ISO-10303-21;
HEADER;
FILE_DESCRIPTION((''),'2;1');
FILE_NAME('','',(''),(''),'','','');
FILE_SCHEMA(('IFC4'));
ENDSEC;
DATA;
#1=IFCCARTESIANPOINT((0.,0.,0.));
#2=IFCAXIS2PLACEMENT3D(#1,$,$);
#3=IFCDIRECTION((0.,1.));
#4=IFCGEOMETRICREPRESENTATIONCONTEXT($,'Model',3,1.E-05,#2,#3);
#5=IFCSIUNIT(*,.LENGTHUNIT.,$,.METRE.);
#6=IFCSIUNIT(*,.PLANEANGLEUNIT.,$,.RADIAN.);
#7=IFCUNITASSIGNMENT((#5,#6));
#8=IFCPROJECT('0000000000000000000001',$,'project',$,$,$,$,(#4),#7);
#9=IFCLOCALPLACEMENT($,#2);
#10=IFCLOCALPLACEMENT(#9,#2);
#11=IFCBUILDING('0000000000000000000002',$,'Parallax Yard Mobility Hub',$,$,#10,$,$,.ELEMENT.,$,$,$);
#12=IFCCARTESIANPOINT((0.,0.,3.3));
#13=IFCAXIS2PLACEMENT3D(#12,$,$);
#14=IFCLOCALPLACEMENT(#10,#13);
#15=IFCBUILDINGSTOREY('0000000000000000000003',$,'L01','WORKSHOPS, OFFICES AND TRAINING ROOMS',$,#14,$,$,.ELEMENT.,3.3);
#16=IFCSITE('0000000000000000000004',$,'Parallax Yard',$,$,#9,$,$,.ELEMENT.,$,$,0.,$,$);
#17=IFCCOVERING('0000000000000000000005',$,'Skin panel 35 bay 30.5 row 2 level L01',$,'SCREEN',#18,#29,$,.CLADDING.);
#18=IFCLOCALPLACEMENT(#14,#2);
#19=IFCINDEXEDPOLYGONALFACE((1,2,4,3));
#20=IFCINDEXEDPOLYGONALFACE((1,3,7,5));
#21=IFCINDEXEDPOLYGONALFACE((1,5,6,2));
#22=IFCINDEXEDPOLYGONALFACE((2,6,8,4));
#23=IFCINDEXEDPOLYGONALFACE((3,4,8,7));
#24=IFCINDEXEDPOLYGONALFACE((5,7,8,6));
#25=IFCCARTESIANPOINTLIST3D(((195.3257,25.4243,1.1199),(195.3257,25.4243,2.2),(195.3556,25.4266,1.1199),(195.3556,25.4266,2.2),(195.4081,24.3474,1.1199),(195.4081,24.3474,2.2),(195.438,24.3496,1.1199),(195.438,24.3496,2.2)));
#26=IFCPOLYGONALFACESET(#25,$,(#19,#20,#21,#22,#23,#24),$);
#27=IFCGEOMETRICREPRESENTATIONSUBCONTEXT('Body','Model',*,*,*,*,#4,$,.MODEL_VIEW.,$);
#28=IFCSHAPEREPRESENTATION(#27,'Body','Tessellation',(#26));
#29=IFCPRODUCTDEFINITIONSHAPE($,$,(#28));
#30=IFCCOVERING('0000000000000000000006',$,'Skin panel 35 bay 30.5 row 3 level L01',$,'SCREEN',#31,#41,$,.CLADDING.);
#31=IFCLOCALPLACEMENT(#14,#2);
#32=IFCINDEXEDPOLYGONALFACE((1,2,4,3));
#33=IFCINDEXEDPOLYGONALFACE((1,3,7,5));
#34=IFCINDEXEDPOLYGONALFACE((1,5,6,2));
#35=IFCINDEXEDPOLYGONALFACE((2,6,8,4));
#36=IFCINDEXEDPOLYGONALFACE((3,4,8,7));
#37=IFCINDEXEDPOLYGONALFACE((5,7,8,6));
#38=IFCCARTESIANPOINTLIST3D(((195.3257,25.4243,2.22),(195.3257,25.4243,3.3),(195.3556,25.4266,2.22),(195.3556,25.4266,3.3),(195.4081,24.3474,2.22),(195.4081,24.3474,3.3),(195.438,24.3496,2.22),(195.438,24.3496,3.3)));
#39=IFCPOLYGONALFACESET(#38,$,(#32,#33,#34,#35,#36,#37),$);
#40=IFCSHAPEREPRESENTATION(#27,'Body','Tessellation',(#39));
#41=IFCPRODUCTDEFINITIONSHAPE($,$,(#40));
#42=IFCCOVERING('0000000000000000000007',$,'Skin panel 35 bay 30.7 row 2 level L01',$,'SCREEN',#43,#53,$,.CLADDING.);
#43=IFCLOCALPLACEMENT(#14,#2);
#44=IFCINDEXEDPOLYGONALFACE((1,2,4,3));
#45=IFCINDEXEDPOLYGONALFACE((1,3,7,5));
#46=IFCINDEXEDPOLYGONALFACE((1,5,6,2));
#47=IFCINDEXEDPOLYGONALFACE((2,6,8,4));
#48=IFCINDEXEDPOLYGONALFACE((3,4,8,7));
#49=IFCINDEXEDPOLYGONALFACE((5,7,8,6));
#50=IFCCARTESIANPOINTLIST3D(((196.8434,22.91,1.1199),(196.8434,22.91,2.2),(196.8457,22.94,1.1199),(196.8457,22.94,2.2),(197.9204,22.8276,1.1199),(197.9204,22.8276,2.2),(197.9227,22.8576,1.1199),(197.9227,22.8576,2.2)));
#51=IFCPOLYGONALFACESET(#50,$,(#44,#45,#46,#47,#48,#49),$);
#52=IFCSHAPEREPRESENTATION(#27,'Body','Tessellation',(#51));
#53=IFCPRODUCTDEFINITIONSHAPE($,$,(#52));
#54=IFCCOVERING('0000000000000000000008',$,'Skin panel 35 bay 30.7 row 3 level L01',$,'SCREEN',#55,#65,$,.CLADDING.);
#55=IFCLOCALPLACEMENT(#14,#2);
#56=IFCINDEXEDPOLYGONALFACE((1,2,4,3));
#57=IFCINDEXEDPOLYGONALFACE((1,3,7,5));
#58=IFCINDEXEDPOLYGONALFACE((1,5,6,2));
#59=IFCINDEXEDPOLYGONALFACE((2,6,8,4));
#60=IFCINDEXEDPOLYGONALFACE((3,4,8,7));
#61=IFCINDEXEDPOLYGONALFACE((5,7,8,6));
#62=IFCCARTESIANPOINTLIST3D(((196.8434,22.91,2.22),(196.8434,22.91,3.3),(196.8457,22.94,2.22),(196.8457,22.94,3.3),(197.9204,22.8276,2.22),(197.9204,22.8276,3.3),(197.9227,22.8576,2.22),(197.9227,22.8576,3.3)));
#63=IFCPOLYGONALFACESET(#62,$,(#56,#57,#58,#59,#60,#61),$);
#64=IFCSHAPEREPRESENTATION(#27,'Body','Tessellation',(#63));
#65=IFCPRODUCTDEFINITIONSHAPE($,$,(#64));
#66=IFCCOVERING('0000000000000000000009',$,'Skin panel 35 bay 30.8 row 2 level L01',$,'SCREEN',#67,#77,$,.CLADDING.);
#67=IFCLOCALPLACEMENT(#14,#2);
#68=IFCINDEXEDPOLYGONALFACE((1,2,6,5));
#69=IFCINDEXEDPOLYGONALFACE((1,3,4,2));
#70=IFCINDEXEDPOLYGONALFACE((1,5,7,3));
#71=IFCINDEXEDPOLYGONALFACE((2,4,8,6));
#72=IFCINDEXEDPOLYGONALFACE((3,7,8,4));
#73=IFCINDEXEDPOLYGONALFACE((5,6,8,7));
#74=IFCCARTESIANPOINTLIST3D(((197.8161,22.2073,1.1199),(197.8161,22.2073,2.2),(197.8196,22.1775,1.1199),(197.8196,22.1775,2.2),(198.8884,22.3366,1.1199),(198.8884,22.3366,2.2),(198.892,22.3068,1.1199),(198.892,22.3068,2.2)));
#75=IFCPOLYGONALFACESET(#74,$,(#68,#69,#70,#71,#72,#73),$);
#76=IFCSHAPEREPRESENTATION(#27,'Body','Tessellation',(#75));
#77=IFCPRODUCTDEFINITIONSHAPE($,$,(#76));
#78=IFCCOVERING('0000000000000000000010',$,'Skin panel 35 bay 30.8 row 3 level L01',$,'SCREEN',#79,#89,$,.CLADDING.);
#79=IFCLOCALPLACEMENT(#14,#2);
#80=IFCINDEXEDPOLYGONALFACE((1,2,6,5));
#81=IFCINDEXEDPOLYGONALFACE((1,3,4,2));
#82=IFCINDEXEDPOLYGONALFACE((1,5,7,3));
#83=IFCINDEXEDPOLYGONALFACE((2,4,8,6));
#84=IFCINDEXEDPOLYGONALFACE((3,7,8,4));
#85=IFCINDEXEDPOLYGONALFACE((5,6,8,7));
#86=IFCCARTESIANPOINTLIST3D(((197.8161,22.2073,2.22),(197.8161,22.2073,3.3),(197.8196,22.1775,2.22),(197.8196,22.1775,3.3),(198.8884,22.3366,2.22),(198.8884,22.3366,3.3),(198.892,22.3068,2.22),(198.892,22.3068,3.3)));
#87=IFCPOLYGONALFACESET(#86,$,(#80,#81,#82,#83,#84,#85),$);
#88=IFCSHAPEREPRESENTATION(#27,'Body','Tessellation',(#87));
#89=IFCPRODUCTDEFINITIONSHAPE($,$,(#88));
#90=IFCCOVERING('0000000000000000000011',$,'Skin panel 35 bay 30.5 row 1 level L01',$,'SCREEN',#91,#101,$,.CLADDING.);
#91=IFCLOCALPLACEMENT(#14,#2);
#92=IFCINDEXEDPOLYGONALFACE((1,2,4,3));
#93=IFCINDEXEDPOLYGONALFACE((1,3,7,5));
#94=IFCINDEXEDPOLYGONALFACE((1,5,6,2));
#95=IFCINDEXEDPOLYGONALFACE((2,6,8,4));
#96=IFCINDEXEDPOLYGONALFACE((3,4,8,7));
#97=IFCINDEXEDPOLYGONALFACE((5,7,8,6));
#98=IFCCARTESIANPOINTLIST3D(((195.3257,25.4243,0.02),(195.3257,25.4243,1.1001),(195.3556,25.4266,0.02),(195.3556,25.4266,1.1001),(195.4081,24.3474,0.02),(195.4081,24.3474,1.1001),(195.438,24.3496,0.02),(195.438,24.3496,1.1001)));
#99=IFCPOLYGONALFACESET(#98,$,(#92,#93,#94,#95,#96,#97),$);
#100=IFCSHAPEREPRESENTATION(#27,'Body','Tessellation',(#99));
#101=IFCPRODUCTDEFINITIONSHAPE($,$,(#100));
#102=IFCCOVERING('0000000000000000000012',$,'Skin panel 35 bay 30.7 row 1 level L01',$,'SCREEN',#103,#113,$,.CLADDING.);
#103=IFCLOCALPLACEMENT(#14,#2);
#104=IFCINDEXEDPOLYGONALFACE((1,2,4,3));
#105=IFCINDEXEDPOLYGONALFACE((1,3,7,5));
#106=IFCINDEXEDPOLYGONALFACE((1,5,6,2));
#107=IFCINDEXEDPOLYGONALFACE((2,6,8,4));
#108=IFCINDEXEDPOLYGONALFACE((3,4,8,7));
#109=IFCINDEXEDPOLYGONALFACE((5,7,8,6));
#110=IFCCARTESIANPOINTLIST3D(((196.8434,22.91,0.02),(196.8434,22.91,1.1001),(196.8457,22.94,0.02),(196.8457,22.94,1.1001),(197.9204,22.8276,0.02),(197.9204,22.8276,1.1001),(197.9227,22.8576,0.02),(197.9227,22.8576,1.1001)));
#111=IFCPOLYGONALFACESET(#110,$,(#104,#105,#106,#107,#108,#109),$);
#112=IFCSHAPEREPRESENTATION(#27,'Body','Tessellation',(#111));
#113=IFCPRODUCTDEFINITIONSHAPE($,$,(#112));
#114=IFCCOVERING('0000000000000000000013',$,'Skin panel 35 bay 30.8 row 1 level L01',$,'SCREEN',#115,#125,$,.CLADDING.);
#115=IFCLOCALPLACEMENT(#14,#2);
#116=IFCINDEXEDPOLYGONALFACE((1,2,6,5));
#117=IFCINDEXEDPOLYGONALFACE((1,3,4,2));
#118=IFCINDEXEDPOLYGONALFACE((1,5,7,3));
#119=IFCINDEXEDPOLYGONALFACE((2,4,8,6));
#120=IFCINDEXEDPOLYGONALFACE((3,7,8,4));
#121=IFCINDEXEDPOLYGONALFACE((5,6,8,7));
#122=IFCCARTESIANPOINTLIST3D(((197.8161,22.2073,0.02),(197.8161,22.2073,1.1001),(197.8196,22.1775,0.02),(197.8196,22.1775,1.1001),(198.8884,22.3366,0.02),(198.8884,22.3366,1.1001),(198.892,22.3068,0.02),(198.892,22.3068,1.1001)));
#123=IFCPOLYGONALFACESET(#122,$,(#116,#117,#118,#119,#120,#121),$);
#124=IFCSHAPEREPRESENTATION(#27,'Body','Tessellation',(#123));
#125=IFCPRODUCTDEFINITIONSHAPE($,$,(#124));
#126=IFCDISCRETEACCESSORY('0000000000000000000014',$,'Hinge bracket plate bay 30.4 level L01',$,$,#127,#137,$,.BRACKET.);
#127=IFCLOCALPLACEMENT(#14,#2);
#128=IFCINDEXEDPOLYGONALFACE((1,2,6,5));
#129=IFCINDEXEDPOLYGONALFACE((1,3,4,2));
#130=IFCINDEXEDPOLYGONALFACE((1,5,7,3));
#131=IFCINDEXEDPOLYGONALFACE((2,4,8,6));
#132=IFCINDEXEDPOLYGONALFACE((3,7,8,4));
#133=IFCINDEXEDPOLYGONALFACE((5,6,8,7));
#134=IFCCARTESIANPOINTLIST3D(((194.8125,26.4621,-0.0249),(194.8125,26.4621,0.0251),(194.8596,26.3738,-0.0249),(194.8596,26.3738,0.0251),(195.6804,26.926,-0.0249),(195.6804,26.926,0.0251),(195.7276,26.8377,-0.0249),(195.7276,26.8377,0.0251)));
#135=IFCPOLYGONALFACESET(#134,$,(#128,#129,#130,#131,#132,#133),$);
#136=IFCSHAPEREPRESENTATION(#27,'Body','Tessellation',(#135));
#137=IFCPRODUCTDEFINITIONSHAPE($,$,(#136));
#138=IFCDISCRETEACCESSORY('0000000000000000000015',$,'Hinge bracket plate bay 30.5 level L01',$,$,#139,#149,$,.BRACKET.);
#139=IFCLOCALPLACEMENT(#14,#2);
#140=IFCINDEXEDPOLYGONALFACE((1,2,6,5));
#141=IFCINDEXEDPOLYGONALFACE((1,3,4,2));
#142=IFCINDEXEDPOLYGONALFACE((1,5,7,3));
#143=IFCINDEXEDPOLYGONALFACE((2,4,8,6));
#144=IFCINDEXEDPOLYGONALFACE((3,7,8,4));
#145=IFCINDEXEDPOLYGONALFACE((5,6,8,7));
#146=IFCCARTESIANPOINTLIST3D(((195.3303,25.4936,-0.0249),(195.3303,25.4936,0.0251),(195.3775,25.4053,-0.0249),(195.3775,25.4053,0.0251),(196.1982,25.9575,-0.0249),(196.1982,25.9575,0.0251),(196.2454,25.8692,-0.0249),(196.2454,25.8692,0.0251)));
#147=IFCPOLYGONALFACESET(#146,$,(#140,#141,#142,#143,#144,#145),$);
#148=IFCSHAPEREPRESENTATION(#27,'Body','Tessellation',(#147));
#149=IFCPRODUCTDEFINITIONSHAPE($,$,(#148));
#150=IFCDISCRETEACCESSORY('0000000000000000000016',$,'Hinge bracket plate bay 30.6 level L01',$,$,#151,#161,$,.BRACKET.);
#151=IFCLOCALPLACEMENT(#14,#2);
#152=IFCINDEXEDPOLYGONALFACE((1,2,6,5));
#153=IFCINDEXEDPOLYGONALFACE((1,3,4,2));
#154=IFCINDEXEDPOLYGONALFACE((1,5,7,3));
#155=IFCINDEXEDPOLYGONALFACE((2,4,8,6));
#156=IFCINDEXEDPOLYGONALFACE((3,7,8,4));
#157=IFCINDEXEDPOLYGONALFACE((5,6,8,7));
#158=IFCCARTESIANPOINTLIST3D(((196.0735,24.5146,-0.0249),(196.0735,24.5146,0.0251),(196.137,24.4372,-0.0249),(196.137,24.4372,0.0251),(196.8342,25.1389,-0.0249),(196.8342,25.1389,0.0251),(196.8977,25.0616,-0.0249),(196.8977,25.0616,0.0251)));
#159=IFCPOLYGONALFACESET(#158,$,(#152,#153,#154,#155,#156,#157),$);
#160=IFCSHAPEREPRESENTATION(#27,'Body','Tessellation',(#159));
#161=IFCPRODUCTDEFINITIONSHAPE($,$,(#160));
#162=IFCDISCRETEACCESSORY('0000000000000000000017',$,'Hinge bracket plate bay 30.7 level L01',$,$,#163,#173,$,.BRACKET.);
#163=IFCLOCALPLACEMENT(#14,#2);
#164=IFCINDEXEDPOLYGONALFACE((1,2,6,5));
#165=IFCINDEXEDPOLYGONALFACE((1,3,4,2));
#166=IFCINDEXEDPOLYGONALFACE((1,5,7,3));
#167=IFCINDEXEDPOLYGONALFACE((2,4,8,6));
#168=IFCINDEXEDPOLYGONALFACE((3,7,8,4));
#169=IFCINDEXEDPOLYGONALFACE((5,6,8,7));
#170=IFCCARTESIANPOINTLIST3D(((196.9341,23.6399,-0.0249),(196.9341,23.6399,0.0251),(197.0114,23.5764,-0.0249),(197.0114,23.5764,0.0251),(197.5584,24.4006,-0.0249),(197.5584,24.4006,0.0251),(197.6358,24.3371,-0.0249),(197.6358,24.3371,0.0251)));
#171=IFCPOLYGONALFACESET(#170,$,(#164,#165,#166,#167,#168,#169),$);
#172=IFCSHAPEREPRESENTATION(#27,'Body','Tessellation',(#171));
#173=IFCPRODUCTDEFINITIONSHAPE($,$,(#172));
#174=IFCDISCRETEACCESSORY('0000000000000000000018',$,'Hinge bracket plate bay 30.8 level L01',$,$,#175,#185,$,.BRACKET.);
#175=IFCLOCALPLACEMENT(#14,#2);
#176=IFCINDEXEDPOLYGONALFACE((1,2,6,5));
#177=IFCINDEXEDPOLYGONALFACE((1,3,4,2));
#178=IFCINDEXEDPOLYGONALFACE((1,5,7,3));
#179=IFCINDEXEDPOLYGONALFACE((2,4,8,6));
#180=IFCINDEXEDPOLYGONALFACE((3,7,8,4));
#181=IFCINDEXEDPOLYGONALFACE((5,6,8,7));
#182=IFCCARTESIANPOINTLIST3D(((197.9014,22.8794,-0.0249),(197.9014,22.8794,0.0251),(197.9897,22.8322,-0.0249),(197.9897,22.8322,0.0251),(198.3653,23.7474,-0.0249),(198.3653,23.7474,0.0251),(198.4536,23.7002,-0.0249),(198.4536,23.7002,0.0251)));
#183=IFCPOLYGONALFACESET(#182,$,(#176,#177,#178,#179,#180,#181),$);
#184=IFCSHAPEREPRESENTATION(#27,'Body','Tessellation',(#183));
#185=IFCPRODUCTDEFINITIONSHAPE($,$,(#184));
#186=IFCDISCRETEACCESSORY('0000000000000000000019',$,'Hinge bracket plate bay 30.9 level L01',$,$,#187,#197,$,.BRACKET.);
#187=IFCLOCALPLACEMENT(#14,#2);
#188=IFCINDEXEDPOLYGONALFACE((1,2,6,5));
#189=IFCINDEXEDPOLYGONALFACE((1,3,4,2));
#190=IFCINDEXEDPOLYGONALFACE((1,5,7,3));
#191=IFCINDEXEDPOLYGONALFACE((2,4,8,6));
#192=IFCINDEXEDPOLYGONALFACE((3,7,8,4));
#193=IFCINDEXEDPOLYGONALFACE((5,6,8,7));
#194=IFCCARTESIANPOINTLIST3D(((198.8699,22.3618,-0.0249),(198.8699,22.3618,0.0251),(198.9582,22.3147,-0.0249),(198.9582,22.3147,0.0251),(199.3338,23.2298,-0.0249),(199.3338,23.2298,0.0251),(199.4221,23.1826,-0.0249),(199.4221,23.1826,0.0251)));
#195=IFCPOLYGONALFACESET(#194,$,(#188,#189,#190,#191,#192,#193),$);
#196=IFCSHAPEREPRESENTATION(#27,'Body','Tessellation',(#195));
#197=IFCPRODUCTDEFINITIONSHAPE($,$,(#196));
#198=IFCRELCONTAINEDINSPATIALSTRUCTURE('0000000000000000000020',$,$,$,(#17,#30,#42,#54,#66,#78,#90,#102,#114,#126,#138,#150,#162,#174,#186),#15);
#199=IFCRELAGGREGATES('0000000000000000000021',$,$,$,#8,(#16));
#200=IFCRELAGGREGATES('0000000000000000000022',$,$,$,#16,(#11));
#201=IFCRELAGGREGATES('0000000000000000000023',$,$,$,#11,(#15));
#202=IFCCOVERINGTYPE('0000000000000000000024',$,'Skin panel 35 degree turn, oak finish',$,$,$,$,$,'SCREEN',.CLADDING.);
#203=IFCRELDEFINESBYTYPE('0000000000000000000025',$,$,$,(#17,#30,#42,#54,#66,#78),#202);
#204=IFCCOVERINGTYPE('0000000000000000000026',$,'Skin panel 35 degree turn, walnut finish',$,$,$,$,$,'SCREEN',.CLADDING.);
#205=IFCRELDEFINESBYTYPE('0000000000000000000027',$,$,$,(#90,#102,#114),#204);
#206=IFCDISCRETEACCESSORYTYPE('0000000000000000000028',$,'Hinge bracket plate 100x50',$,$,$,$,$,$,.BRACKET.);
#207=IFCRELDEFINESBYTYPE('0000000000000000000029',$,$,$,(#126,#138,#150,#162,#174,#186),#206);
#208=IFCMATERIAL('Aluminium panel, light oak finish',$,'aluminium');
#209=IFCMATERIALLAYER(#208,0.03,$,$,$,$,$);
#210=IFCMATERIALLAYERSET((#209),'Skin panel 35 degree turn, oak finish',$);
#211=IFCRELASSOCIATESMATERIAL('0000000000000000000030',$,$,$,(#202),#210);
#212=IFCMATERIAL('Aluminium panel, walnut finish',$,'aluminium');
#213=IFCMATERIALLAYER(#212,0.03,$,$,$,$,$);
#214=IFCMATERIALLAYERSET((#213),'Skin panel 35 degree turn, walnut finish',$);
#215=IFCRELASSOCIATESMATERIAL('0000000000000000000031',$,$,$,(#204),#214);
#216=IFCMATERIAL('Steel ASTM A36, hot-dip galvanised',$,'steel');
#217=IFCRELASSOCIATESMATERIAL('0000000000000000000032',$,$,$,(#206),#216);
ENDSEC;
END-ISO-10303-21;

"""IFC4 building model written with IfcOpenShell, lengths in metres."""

from ifc_helpers import new_model, si_unit, direction, frame, origin, origin_2d, place, context, subcontext, project, spatial, rectangle, extrude, material, layer, layer_set, type_object, element, save


model = new_model("IFC4")

# Units and contexts
model_context = context("Model", 3, precision=1e-05, world=origin(), true_north=direction((0.0, 1.0)))
body_context = subcontext(model_context, "Body", "Model", "MODEL_VIEW")
ifc_project = project(units=[si_unit("LENGTHUNIT", "METRE"), si_unit("PLANEANGLEUNIT", "RADIAN")], contexts=[model_context])

# Site, building, storey
site_placement = place(None, origin())
site = spatial("IfcSite", under=ifc_project, at=site_placement, Name="Parallax Yard", CompositionType="ELEMENT", RefElevation=0.0)
building_placement = place(site_placement, origin())
building = spatial("IfcBuilding", under=site, at=building_placement, Name="Parallax Yard Mobility Hub", CompositionType="ELEMENT")
storey_placement = place(building_placement, frame((0.0, 0.0, 3.3)))
storey = spatial("IfcBuildingStorey", under=building, at=storey_placement, Name="L01", Description="WORKSHOPS, OFFICES AND TRAINING ROOMS", CompositionType="ELEMENT", Elevation=3.3)

# Coverings
ifc_material_1 = material(Name="Aluminium panel, light oak finish", Category="aluminium")
ifc_material_2 = material(Name="Aluminium panel, walnut finish", Category="aluminium")
ifc_layer_1 = layer(ifc_material_1, 0.03)
ifc_layer_set_1 = layer_set([ifc_layer_1], Name="Skin panel 35 degree turn, oak finish")
covering_type_1 = type_object("IfcCoveringType", Name="Skin panel 35 degree turn, oak finish", ElementType="SCREEN", PredefinedType="CLADDING", material=ifc_layer_set_1)
for number, where, z_axis, x_axis, name in (
    (1, (195.3818, 24.887, 1.1199), (0.0, 0.0, 1.0), (0.076284, -0.997086, 0.0), "Skin panel 35 bay 30.5 row 2 level L01"),
    (2, (195.3818, 24.887, 2.22), (0.0, 0.0, 1.0), (0.076284, -0.997086, 0.0), "Skin panel 35 bay 30.5 row 3 level L01"),
    (3, (197.3831, 22.8838, 1.1199), (0.0, 0.0, 1.0), (-0.997086, 0.076284, 0.0), "Skin panel 35 bay 30.7 row 2 level L01"),
    (4, (197.3831, 22.8838, 2.22), (0.0, 0.0, 1.0), (-0.997086, 0.076284, 0.0), "Skin panel 35 bay 30.7 row 3 level L01"),
    (5, (198.354, 22.2571, 1.1199), (0.0, 0.0, 1.0), (-0.99281, -0.119704, 0.0), "Skin panel 35 bay 30.8 row 2 level L01"),
    (6, (198.354, 22.2571, 2.22), (0.0, 0.0, 1.0), (-0.99281, -0.119704, 0.0), "Skin panel 35 bay 30.8 row 3 level L01"),
):
    element("IfcCovering", number, at=place(storey_placement, frame(where, z_axis=z_axis, x_axis=x_axis)), inside=storey, type_object=covering_type_1, Name=name, ObjectType="SCREEN", PredefinedType="CLADDING", context=body_context, shape_type="SweptSolid", body=[
        extrude(rectangle(XDim=1.0801, YDim=0.03, at=origin_2d()), origin(), (0.0, 0.0, 1.0), 1.0801),
    ])
ifc_layer_2 = layer(ifc_material_2, 0.03)
ifc_layer_set_2 = layer_set([ifc_layer_2], Name="Skin panel 35 degree turn, walnut finish")
covering_type_2 = type_object("IfcCoveringType", Name="Skin panel 35 degree turn, walnut finish", ElementType="SCREEN", PredefinedType="CLADDING", material=ifc_layer_set_2)
for number, where, z_axis, x_axis, name in (
    (7, (195.3818, 24.887, 0.02), (0.0, 0.0, 1.0), (0.076284, -0.997086, 0.0), "Skin panel 35 bay 30.5 row 1 level L01"),
    (8, (197.3831, 22.8838, 0.02), (0.0, 0.0, 1.0), (-0.997086, 0.076284, 0.0), "Skin panel 35 bay 30.7 row 1 level L01"),
    (9, (198.354, 22.2571, 0.02), (0.0, 0.0, 1.0), (-0.99281, -0.119704, 0.0), "Skin panel 35 bay 30.8 row 1 level L01"),
):
    element("IfcCovering", number, at=place(storey_placement, frame(where, z_axis=z_axis, x_axis=x_axis)), inside=storey, type_object=covering_type_2, Name=name, ObjectType="SCREEN", PredefinedType="CLADDING", context=body_context, shape_type="SweptSolid", body=[
        extrude(rectangle(XDim=1.0801, YDim=0.03, at=origin_2d()), origin(), (0.0, 0.0, 1.0), 1.0801),
    ])

# Discrete accessories
ifc_material_3 = material(Name="Steel ASTM A36, hot-dip galvanised", Category="steel")
discrete_accessory_type_1 = type_object("IfcDiscreteAccessoryType", Name="Hinge bracket plate 100x50", PredefinedType="BRACKET", material=ifc_material_3)
for number, where, z_axis, x_axis, name in (
    (10, (195.27, 26.6499, -0.0249), (0.0, 0.0, 1.0), (-0.881921, -0.471397, 0.0), "Hinge bracket plate bay 30.4 level L01"),
    (11, (195.7878, 25.6814, -0.0249), (0.0, 0.0, 1.0), (-0.881921, -0.471397, 0.0), "Hinge bracket plate bay 30.5 level L01"),
    (12, (196.4856, 24.7881, -0.0249), (0.0, 0.0, 1.0), (-0.77301, -0.634393, 0.0), "Hinge bracket plate bay 30.6 level L01"),
    (13, (197.2849, 23.9885, -0.0249), (0.0, 0.0, 1.0), (-0.634393, -0.77301, 0.0), "Hinge bracket plate bay 30.7 level L01"),
    (14, (198.1775, 23.2898, -0.0249), (0.0, 0.0, 1.0), (-0.471397, -0.881921, 0.0), "Hinge bracket plate bay 30.8 level L01"),
    (15, (199.146, 22.7722, -0.0249), (0.0, 0.0, 1.0), (-0.471397, -0.881921, 0.0), "Hinge bracket plate bay 30.9 level L01"),
):
    element("IfcDiscreteAccessory", number, at=place(storey_placement, frame(where, z_axis=z_axis, x_axis=x_axis)), inside=storey, type_object=discrete_accessory_type_1, Name=name, PredefinedType="BRACKET", context=body_context, shape_type="SweptSolid", body=[
        extrude(rectangle(XDim=0.9841, YDim=0.1001, at=origin_2d()), origin(), (0.0, 0.0, 1.0), 0.05),
    ])

save(model, "model.ifc")
